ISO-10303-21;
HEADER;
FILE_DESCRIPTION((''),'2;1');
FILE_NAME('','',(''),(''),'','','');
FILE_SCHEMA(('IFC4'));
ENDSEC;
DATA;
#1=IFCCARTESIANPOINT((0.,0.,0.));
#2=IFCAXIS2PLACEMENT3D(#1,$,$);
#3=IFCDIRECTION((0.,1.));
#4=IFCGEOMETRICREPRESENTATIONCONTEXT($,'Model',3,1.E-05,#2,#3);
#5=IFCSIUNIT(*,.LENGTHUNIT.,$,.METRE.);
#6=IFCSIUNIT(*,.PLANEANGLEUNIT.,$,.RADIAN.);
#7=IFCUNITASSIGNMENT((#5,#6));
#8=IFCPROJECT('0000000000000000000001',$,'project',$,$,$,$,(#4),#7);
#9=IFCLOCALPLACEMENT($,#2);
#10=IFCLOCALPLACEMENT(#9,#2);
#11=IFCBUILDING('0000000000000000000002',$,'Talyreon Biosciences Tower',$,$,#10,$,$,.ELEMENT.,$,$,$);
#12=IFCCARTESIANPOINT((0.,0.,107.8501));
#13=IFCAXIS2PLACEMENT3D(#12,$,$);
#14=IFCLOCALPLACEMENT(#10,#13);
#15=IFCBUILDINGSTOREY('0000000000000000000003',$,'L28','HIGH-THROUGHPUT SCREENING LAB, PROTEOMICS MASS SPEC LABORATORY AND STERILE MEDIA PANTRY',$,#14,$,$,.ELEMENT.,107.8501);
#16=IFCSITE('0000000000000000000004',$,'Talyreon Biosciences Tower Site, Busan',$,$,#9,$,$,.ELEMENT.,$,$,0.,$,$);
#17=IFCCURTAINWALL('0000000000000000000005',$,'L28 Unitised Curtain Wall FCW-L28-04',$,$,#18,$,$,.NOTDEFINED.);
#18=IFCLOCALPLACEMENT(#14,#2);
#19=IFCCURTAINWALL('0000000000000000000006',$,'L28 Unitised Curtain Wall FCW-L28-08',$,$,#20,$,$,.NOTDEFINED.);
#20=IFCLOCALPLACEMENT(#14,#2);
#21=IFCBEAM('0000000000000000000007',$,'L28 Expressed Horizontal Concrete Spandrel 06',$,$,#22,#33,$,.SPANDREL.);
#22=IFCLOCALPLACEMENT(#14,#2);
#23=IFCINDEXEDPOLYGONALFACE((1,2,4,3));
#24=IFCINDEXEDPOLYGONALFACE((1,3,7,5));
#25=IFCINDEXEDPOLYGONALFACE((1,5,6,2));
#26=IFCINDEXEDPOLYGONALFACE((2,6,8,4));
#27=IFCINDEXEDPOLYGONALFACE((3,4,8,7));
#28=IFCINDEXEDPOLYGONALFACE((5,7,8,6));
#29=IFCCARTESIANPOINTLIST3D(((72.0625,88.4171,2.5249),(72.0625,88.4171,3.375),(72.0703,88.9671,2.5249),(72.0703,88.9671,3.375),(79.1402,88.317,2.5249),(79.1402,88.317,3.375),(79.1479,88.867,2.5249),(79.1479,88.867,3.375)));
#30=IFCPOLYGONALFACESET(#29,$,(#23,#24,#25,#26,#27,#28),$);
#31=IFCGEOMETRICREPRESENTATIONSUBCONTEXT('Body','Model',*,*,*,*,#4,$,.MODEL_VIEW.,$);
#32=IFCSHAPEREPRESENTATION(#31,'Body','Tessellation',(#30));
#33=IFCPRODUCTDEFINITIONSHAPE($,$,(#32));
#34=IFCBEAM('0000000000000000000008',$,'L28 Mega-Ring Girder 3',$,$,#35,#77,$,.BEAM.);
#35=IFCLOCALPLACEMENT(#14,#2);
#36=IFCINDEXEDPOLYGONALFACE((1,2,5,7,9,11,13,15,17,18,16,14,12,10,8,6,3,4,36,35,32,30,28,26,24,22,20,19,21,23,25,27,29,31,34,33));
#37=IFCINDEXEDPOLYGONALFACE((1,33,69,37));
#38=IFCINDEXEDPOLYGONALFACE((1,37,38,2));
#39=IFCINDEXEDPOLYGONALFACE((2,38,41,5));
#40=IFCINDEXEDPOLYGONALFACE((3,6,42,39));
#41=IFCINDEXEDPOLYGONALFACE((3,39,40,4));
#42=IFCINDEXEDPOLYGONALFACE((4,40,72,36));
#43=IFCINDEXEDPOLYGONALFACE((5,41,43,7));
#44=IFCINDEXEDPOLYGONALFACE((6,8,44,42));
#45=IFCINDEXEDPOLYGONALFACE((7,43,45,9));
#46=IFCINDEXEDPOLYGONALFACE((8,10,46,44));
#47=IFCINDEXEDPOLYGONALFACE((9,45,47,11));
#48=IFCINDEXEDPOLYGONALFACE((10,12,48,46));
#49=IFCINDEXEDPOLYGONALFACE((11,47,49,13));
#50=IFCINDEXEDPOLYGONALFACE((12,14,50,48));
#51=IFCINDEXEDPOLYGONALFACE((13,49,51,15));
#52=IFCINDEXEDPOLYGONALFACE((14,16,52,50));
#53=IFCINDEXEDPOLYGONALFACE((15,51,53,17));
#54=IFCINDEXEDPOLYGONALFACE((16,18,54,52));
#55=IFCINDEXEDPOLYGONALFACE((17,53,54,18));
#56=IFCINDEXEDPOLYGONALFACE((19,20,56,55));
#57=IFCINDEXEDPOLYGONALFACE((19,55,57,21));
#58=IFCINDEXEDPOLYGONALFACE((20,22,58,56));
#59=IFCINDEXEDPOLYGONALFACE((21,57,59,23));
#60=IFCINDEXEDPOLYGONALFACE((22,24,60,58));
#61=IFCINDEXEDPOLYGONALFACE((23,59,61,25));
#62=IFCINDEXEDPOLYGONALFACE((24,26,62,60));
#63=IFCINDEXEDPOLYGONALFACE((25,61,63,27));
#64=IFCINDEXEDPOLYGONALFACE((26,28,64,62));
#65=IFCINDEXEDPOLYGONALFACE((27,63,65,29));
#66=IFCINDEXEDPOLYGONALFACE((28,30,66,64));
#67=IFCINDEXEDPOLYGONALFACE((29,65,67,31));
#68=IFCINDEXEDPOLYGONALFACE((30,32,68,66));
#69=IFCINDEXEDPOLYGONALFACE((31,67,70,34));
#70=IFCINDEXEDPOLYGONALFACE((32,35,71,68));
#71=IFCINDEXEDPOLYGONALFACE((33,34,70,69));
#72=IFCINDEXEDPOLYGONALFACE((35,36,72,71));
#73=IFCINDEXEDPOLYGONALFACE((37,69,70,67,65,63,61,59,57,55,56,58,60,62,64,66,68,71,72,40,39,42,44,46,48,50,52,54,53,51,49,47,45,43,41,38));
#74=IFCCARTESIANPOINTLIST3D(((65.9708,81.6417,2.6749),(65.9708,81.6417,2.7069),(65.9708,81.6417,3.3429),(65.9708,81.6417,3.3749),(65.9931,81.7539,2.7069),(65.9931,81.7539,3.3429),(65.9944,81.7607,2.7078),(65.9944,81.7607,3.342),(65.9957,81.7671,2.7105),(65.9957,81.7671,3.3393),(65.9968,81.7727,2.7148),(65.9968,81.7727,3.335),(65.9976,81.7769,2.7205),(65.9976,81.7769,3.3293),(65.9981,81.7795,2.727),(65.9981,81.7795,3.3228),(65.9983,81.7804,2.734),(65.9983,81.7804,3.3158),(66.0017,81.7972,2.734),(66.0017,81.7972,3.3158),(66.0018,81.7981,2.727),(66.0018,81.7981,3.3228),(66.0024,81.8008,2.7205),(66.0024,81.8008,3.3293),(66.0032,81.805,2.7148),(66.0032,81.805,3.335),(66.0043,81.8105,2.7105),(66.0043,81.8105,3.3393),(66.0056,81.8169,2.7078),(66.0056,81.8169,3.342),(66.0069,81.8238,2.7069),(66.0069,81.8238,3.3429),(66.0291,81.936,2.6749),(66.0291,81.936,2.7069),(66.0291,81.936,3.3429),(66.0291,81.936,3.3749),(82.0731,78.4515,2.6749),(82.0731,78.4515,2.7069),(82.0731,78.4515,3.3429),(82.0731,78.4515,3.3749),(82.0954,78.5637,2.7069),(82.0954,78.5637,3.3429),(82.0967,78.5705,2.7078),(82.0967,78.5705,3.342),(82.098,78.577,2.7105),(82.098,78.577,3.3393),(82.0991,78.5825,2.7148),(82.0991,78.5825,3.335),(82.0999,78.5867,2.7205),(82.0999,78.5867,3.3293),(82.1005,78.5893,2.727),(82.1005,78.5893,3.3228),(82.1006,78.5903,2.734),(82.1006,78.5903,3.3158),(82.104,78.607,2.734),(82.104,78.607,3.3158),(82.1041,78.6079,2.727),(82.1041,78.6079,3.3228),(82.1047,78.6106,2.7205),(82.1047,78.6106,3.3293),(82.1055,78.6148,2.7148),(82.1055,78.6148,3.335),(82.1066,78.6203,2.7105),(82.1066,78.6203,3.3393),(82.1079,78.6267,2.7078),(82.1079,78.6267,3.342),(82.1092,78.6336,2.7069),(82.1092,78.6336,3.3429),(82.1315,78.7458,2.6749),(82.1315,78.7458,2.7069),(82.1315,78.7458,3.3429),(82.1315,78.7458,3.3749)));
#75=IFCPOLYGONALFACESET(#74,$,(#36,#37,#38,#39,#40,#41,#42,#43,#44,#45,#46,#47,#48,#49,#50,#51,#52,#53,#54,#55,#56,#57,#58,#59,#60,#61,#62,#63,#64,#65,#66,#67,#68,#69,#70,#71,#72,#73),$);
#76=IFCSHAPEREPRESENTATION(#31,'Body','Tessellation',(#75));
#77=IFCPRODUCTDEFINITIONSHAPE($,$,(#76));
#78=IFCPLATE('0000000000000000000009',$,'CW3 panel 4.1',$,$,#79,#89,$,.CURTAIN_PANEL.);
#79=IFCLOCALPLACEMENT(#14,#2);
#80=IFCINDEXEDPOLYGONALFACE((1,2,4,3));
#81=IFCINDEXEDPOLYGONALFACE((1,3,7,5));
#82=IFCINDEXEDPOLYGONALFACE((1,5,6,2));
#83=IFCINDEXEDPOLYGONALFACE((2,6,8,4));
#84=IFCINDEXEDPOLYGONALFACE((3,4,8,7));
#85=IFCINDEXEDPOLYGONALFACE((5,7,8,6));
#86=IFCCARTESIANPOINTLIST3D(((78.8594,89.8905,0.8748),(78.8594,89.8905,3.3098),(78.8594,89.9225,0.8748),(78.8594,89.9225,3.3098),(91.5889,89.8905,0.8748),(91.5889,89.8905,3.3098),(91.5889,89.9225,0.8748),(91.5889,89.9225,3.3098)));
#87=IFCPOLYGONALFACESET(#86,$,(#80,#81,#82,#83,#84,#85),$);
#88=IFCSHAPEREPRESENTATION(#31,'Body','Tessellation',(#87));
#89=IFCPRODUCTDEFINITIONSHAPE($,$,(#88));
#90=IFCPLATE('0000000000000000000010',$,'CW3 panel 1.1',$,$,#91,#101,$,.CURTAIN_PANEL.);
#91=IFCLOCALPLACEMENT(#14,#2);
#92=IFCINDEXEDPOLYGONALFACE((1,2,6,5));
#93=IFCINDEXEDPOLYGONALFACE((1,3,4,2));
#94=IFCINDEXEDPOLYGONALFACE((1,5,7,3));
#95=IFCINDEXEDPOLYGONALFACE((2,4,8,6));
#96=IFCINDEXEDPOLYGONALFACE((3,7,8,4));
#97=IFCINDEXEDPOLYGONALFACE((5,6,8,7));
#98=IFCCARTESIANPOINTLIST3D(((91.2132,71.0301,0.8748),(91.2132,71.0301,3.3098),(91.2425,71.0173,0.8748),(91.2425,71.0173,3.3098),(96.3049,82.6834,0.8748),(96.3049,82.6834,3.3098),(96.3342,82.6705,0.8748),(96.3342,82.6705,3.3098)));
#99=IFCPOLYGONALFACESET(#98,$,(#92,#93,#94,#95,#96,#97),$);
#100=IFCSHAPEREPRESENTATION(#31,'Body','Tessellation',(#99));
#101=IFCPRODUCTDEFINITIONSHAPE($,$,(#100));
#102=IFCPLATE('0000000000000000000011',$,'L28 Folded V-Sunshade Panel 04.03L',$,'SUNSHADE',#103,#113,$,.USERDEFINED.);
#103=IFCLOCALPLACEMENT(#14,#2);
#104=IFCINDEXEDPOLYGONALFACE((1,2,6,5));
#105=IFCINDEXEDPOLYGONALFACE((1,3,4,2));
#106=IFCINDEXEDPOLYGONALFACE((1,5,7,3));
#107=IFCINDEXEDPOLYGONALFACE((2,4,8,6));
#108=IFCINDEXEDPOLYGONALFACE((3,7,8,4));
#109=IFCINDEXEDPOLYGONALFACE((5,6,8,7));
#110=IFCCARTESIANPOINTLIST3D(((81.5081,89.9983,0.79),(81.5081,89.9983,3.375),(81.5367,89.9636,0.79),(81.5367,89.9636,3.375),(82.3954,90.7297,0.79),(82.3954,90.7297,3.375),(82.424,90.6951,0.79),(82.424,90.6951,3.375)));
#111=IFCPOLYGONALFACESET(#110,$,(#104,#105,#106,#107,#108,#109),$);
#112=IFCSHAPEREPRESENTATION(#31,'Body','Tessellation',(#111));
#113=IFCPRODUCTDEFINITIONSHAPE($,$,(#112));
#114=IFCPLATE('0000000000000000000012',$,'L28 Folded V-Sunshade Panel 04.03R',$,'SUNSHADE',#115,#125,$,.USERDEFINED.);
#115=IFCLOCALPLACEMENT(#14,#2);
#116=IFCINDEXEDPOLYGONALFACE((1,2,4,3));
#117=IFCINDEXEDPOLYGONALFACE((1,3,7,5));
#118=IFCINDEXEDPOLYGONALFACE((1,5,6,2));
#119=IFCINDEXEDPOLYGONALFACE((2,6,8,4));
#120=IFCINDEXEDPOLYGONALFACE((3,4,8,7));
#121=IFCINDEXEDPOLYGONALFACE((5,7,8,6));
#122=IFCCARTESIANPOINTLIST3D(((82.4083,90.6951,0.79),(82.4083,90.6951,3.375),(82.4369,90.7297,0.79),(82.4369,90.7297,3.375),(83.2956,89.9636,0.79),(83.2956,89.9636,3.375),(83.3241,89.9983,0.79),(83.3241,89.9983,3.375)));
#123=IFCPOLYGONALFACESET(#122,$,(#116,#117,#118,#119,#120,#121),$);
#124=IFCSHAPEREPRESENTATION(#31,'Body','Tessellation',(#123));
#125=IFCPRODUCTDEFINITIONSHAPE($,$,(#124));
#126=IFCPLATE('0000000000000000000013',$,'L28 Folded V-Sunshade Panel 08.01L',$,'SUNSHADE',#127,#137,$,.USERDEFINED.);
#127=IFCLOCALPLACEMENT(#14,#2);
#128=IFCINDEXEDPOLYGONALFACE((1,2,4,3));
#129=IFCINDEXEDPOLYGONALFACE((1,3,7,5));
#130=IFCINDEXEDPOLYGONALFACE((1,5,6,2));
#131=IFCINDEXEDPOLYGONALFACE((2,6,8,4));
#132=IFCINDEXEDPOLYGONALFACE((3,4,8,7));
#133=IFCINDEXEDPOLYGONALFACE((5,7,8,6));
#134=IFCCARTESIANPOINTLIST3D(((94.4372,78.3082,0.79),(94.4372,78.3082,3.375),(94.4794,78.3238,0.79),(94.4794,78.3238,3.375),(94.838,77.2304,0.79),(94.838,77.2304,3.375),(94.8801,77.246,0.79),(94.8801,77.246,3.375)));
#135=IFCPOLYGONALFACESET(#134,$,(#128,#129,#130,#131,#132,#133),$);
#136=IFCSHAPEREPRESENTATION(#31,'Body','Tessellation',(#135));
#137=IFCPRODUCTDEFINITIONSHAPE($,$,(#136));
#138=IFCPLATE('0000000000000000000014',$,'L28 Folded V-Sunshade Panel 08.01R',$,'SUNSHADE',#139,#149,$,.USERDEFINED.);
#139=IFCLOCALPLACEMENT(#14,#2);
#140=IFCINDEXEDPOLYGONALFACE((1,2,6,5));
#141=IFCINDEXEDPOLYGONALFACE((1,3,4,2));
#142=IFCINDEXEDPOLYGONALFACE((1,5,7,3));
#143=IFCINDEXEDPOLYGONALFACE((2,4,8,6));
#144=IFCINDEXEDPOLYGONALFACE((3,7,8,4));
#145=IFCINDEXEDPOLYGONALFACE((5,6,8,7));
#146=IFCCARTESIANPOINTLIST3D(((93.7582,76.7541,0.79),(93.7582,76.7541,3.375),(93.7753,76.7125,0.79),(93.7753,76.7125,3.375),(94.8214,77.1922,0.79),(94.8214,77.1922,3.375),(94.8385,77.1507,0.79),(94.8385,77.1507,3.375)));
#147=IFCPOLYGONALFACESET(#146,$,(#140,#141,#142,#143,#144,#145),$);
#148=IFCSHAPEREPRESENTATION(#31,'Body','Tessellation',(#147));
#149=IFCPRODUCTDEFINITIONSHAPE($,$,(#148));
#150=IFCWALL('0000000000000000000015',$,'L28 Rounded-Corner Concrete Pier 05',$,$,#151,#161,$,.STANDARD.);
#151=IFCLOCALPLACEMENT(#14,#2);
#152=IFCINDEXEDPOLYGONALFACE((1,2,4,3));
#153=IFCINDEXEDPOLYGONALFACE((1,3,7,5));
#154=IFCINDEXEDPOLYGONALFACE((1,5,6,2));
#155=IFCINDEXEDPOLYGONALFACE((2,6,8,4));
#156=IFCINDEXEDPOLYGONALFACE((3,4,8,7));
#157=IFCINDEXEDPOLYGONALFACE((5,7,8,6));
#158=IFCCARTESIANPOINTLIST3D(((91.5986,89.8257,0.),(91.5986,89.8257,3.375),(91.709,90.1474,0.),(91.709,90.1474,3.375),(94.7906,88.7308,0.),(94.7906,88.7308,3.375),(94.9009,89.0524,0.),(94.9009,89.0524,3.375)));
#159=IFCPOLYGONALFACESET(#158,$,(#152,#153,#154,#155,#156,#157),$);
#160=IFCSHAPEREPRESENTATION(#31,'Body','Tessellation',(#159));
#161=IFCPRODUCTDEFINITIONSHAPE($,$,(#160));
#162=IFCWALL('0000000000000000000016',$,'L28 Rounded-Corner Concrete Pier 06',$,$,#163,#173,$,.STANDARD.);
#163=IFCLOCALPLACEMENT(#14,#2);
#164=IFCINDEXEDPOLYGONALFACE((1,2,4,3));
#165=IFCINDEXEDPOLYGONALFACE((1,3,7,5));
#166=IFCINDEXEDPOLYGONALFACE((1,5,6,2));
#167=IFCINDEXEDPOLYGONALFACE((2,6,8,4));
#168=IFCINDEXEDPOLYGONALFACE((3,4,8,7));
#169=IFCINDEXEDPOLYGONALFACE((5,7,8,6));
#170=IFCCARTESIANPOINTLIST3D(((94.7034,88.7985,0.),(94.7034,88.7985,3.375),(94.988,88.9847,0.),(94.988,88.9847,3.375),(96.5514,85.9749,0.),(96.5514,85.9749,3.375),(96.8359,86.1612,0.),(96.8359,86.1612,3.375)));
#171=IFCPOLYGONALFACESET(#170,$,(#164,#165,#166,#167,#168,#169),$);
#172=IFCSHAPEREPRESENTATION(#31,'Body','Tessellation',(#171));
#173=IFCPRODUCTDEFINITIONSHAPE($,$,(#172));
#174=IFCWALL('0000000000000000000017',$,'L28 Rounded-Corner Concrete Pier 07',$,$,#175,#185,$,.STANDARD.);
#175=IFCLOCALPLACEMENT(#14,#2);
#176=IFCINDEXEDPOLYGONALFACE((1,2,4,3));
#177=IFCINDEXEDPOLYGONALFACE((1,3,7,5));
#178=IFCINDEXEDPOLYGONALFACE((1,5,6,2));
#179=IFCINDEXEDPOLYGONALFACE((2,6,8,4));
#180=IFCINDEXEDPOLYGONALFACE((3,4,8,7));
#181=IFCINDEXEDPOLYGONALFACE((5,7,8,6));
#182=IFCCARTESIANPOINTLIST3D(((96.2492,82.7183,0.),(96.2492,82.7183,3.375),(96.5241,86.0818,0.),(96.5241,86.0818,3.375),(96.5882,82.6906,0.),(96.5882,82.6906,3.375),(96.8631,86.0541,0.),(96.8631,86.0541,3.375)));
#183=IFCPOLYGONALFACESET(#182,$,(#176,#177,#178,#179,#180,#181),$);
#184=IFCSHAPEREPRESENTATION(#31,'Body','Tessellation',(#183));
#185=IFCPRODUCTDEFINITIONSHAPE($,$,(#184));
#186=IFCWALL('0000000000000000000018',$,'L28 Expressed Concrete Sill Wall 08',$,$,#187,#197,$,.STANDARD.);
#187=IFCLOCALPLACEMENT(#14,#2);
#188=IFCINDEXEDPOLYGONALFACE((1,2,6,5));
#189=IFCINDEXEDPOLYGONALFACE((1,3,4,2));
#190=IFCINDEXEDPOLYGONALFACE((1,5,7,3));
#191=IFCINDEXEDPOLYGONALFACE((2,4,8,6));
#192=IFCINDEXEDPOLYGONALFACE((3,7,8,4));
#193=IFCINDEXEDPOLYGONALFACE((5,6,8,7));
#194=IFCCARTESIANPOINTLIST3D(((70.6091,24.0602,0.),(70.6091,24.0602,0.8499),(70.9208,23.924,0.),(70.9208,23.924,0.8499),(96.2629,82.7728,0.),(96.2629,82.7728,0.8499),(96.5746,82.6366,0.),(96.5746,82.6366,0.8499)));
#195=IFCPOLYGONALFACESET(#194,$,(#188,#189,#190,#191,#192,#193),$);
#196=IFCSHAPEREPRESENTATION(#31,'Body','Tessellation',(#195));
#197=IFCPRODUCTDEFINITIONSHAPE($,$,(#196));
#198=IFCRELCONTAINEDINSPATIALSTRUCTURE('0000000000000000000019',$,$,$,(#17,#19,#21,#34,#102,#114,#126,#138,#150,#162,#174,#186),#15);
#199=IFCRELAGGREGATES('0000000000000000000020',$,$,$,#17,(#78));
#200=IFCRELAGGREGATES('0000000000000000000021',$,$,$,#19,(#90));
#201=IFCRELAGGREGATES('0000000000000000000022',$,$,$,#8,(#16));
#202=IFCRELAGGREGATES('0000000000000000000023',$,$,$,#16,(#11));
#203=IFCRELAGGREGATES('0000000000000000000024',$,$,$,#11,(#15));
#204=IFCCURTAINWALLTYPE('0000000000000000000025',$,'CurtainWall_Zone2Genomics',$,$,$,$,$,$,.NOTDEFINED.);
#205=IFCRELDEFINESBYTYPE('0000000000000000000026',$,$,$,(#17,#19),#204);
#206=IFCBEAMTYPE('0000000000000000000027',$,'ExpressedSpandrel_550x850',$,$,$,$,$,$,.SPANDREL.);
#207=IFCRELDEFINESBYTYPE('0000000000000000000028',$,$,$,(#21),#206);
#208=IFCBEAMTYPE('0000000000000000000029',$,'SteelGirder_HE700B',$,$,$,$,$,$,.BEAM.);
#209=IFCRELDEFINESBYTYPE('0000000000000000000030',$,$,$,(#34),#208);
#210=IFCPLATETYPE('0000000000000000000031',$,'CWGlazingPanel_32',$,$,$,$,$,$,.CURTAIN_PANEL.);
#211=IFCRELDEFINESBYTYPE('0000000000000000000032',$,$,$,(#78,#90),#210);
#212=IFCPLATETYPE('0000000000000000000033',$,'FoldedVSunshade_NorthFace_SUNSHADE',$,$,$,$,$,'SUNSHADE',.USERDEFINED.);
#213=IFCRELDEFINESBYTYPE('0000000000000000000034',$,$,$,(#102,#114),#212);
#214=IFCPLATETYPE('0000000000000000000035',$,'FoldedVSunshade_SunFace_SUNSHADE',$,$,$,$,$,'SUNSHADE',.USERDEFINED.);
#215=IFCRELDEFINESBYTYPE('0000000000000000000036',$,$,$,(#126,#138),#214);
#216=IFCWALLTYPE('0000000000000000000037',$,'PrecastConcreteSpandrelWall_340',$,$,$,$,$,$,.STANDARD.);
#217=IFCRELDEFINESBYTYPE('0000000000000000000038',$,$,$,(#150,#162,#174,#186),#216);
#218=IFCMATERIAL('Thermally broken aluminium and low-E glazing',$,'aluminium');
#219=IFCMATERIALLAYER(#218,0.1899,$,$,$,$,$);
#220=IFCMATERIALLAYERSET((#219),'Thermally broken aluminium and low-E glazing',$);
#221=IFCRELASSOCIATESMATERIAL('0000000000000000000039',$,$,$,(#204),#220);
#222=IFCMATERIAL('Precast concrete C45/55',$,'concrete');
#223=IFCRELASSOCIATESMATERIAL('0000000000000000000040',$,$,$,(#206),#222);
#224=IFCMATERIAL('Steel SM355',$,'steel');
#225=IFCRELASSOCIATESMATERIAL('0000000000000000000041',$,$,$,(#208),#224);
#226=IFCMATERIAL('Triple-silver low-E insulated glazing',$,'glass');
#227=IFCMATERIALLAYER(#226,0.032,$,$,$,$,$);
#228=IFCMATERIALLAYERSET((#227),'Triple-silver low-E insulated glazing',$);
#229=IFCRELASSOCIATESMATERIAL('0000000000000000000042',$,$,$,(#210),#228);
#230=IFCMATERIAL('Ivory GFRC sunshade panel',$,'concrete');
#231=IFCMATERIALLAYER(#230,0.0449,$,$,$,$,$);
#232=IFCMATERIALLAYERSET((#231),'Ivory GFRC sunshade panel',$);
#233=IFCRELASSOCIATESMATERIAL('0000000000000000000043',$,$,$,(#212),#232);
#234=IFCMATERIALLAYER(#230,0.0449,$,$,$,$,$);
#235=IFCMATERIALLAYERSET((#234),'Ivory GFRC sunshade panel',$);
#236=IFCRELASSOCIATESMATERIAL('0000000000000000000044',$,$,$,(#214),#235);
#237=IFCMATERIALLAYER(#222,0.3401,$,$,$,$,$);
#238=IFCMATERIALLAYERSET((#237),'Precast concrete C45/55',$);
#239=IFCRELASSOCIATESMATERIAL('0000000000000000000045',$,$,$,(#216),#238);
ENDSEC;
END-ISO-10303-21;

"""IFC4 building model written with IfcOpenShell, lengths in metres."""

from ifc_helpers import new_model, si_unit, direction, frame, frame_2d, origin, origin_2d, place, context, subcontext, project, spatial, rectangle, i_section, extrude, material, layer, layer_set, material_profile, profile_set, type_object, element, aggregate, save


model = new_model("IFC4")

# Units and contexts
model_context = context("Model", 3, precision=1e-05, world=origin(), true_north=direction((0.0, 1.0)))
body_context = subcontext(model_context, "Body", "Model", "MODEL_VIEW")
ifc_project = project(units=[si_unit("LENGTHUNIT", "METRE"), si_unit("PLANEANGLEUNIT", "RADIAN")], contexts=[model_context])

# Site, building, storey
site_placement = place(None, origin())
site = spatial("IfcSite", under=ifc_project, at=site_placement, Name="Talyreon Biosciences Tower Site, Busan", CompositionType="ELEMENT", RefElevation=0.0)
building_placement = place(site_placement, origin())
building = spatial("IfcBuilding", under=site, at=building_placement, Name="Talyreon Biosciences Tower", CompositionType="ELEMENT")
storey_placement = place(building_placement, frame((0.0, 0.0, 107.8501)))
storey = spatial("IfcBuildingStorey", under=building, at=storey_placement, Name="L28", Description="HIGH-THROUGHPUT SCREENING LAB, PROTEOMICS MASS SPEC LABORATORY AND STERILE MEDIA PANTRY", CompositionType="ELEMENT", Elevation=107.8501)

# Curtain wall
ifc_material_1 = material(Name="Thermally broken aluminium and low-E glazing", Category="aluminium")
ifc_layer_1 = layer(ifc_material_1, 0.1899)
ifc_layer_set_1 = layer_set([ifc_layer_1], Name="Thermally broken aluminium and low-E glazing")
curtain_wall_type = type_object("IfcCurtainWallType", Name="CurtainWall_Zone2Genomics", PredefinedType="NOTDEFINED", material=ifc_layer_set_1)
curtain_wall_1_placement = place(storey_placement, origin())
curtain_wall_1 = element("IfcCurtainWall", 1, at=curtain_wall_1_placement, inside=storey, type_object=curtain_wall_type, Name="L28 Unitised Curtain Wall FCW-L28-04", PredefinedType="NOTDEFINED")

# Curtain wall
curtain_wall_2_placement = place(storey_placement, origin())
curtain_wall_2 = element("IfcCurtainWall", 2, at=curtain_wall_2_placement, inside=storey, type_object=curtain_wall_type, Name="L28 Unitised Curtain Wall FCW-L28-08", PredefinedType="NOTDEFINED")

# Beams
ifc_material_2 = material(Name="Precast concrete C45/55", Category="concrete")
ifc_material_profile_1 = material_profile(ifc_material_2, rectangle(XDim=0.55, YDim=0.8501, at=origin_2d()), Name="RCB 550x850")
ifc_profile_set_1 = profile_set([ifc_material_profile_1], Name="Precast concrete C45/55")
beam_type_1 = type_object("IfcBeamType", Name="ExpressedSpandrel_550x850", PredefinedType="SPANDREL", material=ifc_profile_set_1)
beam_1_placement = place(storey_placement, frame((79.144, 88.592, 2.95), z_axis=(-0.9999, 0.014141, 0.0), x_axis=(-0.014141, -0.9999, 0.0)))
element("IfcBeam", 3, at=beam_1_placement, inside=storey, type_object=beam_type_1, Name="L28 Expressed Horizontal Concrete Spandrel 06", PredefinedType="SPANDREL", context=body_context, shape_type="SweptSolid", body=[
    extrude(rectangle(XDim=0.55, YDim=0.8501, at=origin_2d()), origin(), (0.0, 0.0, 1.0), 7.0784),
])
ifc_material_3 = material(Name="Steel SM355", Category="steel")
ifc_material_profile_2 = material_profile(ifc_material_3, i_section(OverallWidth=0.3, OverallDepth=0.7, WebThickness=0.0171, FlangeThickness=0.032, FilletRadius=0.0271, at=origin_2d()), Name="HE700B")
ifc_profile_set_2 = profile_set([ifc_material_profile_2], Name="Steel SM355")
beam_type_2 = type_object("IfcBeamType", Name="SteelGirder_HE700B", PredefinedType="BEAM", material=ifc_profile_set_2)
beam_2_placement = place(storey_placement, frame((82.1023, 78.5986, 3.0249), z_axis=(-0.980934, 0.194343, 0.0), x_axis=(-0.194343, -0.980934, 0.0)))
element("IfcBeam", 4, at=beam_2_placement, inside=storey, type_object=beam_type_2, Name="L28 Mega-Ring Girder 3", PredefinedType="BEAM", context=body_context, shape_type="SweptSolid", body=[
    extrude(i_section(OverallWidth=0.3, OverallDepth=0.7, WebThickness=0.0171, FlangeThickness=0.032, FilletRadius=0.0271, at=origin_2d()), origin(), (0.0, 0.0, 1.0), 16.4153),
])

# Plates
ifc_material_4 = material(Name="Triple-silver low-E insulated glazing", Category="glass")
ifc_layer_2 = layer(ifc_material_4, 0.032)
ifc_layer_set_2 = layer_set([ifc_layer_2], Name="Triple-silver low-E insulated glazing")
plate_type_1 = type_object("IfcPlateType", Name="CWGlazingPanel_32", PredefinedType="CURTAIN_PANEL", material=ifc_layer_set_2)
plate_1_placement = place(storey_placement, frame((85.2241, 89.9065, 0.8748), z_axis=(0.0, 0.0, 1.0), x_axis=(1.0, 0.0, 0.0)))
plate_1 = element("IfcPlate", 5, at=plate_1_placement, type_object=plate_type_1, Name="CW3 panel 4.1", PredefinedType="CURTAIN_PANEL", context=body_context, shape_type="SweptSolid", body=[
    extrude(rectangle(XDim=12.7295, YDim=0.032, at=origin_2d()), origin(), (0.0, 0.0, 1.0), 2.4351),
])
aggregate(curtain_wall_1, [plate_1])
plate_2_placement = place(storey_placement, frame((93.7737, 76.8503, 0.8748), z_axis=(0.0, 0.0, 1.0), x_axis=(-0.400387, -0.916346, 0.0)))
plate_2 = element("IfcPlate", 6, at=plate_2_placement, type_object=plate_type_1, Name="CW3 panel 1.1", PredefinedType="CURTAIN_PANEL", context=body_context, shape_type="SweptSolid", body=[
    extrude(rectangle(XDim=12.717, YDim=0.032, at=origin_2d()), origin(), (0.0, 0.0, 1.0), 2.4351),
])
aggregate(curtain_wall_2, [plate_2])

# Plates
ifc_material_5 = material(Name="Ivory GFRC sunshade panel", Category="concrete")
ifc_layer_3 = layer(ifc_material_5, 0.0449)
ifc_layer_set_3 = layer_set([ifc_layer_3], Name="Ivory GFRC sunshade panel")
plate_type_2 = type_object("IfcPlateType", Name="FoldedVSunshade_NorthFace_SUNSHADE", ElementType="SUNSHADE", PredefinedType="USERDEFINED", material=ifc_layer_set_3)
for number, where, z_axis, x_axis, name in (
    (7, (81.9661, 90.3467, 0.79), (0.0, 0.0, 1.0), (0.771625, 0.636078, 0.0), "L28 Folded V-Sunshade Panel 04.03L"),
    (8, (82.8662, 90.3467, 0.79), (0.0, 0.0, 1.0), (0.771625, -0.636078, 0.0), "L28 Folded V-Sunshade Panel 04.03R"),
):
    element("IfcPlate", number, at=place(storey_placement, frame(where, z_axis=z_axis, x_axis=x_axis)), inside=storey, type_object=plate_type_2, Name=name, ObjectType="SUNSHADE", PredefinedType="USERDEFINED", context=body_context, shape_type="SweptSolid", body=[
        extrude(rectangle(XDim=1.1499, YDim=0.0449, at=origin_2d()), origin(), (0.0, 0.0, 1.0), 2.585),
    ])
ifc_layer_4 = layer(ifc_material_5, 0.0449)
ifc_layer_set_4 = layer_set([ifc_layer_4], Name="Ivory GFRC sunshade panel")
plate_type_3 = type_object("IfcPlateType", Name="FoldedVSunshade_SunFace_SUNSHADE", ElementType="SUNSHADE", PredefinedType="USERDEFINED", material=ifc_layer_set_4)
for number, where, z_axis, x_axis, name in (
    (9, (94.6587, 77.7771, 0.79), (0.0, 0.0, 1.0), (0.348539, -0.937294, 0.0), "L28 Folded V-Sunshade Panel 08.01L"),
    (10, (94.2983, 76.9524, 0.79), (0.0, 0.0, 1.0), (-0.924559, -0.381038, 0.0), "L28 Folded V-Sunshade Panel 08.01R"),
):
    element("IfcPlate", number, at=place(storey_placement, frame(where, z_axis=z_axis, x_axis=x_axis)), inside=storey, type_object=plate_type_3, Name=name, ObjectType="SUNSHADE", PredefinedType="USERDEFINED", context=body_context, shape_type="SweptSolid", body=[
        extrude(rectangle(XDim=1.1499, YDim=0.0449, at=origin_2d()), origin(), (0.0, 0.0, 1.0), 2.585),
    ])

# Walls
ifc_layer_5 = layer(ifc_material_2, 0.3401)
ifc_layer_set_5 = layer_set([ifc_layer_5], Name="Precast concrete C45/55")
wall_type = type_object("IfcWallType", Name="PrecastConcreteSpandrelWall_340", PredefinedType="STANDARD", material=ifc_layer_set_5)
for number, where, z_axis, x_axis, name in (
    (11, (91.6538, 89.9866, 0.0), (0.0, 0.0, 1.0), (0.945891, -0.324485, 0.0), "L28 Rounded-Corner Concrete Pier 05"),
    (12, (94.8457, 88.8916, 0.0), (0.0, 0.0, 1.0), (0.547618, -0.836729, 0.0), "L28 Rounded-Corner Concrete Pier 06"),
):
    element("IfcWall", number, at=place(storey_placement, frame(where, z_axis=z_axis, x_axis=x_axis)), inside=storey, type_object=wall_type, Name=name, PredefinedType="STANDARD", context=body_context, shape_type="SweptSolid", body=[
        extrude(rectangle(XDim=3.3745, YDim=0.3401, at=frame_2d((1.6873, 0.0))), origin(), (0.0, 0.0, 1.0), 3.375),
    ])
wall_1_placement = place(storey_placement, frame((96.6936, 86.0681, 0.0), z_axis=(0.0, 0.0, 1.0), x_axis=(-0.081459, -0.996677, 0.0)))
element("IfcWall", 13, at=wall_1_placement, inside=storey, type_object=wall_type, Name="L28 Rounded-Corner Concrete Pier 07", PredefinedType="STANDARD", context=body_context, shape_type="SweptSolid", body=[
    extrude(rectangle(XDim=3.3748, YDim=0.3401, at=frame_2d((1.6875, 0.0))), origin(), (0.0, 0.0, 1.0), 3.375),
])
wall_2_placement = place(storey_placement, frame((96.4187, 82.7046, 0.0), z_axis=(0.0, 0.0, 1.0), x_axis=(-0.400387, -0.916346, 0.0)))
element("IfcWall", 14, at=wall_2_placement, inside=storey, type_object=wall_type, Name="L28 Expressed Concrete Sill Wall 08", PredefinedType="STANDARD", context=body_context, shape_type="SweptSolid", body=[
    extrude(rectangle(XDim=64.0725, YDim=0.3401, at=frame_2d((32.0361, 0.0))), origin(), (0.0, 0.0, 1.0), 0.8499),
])

save(model, "model.ifc")
